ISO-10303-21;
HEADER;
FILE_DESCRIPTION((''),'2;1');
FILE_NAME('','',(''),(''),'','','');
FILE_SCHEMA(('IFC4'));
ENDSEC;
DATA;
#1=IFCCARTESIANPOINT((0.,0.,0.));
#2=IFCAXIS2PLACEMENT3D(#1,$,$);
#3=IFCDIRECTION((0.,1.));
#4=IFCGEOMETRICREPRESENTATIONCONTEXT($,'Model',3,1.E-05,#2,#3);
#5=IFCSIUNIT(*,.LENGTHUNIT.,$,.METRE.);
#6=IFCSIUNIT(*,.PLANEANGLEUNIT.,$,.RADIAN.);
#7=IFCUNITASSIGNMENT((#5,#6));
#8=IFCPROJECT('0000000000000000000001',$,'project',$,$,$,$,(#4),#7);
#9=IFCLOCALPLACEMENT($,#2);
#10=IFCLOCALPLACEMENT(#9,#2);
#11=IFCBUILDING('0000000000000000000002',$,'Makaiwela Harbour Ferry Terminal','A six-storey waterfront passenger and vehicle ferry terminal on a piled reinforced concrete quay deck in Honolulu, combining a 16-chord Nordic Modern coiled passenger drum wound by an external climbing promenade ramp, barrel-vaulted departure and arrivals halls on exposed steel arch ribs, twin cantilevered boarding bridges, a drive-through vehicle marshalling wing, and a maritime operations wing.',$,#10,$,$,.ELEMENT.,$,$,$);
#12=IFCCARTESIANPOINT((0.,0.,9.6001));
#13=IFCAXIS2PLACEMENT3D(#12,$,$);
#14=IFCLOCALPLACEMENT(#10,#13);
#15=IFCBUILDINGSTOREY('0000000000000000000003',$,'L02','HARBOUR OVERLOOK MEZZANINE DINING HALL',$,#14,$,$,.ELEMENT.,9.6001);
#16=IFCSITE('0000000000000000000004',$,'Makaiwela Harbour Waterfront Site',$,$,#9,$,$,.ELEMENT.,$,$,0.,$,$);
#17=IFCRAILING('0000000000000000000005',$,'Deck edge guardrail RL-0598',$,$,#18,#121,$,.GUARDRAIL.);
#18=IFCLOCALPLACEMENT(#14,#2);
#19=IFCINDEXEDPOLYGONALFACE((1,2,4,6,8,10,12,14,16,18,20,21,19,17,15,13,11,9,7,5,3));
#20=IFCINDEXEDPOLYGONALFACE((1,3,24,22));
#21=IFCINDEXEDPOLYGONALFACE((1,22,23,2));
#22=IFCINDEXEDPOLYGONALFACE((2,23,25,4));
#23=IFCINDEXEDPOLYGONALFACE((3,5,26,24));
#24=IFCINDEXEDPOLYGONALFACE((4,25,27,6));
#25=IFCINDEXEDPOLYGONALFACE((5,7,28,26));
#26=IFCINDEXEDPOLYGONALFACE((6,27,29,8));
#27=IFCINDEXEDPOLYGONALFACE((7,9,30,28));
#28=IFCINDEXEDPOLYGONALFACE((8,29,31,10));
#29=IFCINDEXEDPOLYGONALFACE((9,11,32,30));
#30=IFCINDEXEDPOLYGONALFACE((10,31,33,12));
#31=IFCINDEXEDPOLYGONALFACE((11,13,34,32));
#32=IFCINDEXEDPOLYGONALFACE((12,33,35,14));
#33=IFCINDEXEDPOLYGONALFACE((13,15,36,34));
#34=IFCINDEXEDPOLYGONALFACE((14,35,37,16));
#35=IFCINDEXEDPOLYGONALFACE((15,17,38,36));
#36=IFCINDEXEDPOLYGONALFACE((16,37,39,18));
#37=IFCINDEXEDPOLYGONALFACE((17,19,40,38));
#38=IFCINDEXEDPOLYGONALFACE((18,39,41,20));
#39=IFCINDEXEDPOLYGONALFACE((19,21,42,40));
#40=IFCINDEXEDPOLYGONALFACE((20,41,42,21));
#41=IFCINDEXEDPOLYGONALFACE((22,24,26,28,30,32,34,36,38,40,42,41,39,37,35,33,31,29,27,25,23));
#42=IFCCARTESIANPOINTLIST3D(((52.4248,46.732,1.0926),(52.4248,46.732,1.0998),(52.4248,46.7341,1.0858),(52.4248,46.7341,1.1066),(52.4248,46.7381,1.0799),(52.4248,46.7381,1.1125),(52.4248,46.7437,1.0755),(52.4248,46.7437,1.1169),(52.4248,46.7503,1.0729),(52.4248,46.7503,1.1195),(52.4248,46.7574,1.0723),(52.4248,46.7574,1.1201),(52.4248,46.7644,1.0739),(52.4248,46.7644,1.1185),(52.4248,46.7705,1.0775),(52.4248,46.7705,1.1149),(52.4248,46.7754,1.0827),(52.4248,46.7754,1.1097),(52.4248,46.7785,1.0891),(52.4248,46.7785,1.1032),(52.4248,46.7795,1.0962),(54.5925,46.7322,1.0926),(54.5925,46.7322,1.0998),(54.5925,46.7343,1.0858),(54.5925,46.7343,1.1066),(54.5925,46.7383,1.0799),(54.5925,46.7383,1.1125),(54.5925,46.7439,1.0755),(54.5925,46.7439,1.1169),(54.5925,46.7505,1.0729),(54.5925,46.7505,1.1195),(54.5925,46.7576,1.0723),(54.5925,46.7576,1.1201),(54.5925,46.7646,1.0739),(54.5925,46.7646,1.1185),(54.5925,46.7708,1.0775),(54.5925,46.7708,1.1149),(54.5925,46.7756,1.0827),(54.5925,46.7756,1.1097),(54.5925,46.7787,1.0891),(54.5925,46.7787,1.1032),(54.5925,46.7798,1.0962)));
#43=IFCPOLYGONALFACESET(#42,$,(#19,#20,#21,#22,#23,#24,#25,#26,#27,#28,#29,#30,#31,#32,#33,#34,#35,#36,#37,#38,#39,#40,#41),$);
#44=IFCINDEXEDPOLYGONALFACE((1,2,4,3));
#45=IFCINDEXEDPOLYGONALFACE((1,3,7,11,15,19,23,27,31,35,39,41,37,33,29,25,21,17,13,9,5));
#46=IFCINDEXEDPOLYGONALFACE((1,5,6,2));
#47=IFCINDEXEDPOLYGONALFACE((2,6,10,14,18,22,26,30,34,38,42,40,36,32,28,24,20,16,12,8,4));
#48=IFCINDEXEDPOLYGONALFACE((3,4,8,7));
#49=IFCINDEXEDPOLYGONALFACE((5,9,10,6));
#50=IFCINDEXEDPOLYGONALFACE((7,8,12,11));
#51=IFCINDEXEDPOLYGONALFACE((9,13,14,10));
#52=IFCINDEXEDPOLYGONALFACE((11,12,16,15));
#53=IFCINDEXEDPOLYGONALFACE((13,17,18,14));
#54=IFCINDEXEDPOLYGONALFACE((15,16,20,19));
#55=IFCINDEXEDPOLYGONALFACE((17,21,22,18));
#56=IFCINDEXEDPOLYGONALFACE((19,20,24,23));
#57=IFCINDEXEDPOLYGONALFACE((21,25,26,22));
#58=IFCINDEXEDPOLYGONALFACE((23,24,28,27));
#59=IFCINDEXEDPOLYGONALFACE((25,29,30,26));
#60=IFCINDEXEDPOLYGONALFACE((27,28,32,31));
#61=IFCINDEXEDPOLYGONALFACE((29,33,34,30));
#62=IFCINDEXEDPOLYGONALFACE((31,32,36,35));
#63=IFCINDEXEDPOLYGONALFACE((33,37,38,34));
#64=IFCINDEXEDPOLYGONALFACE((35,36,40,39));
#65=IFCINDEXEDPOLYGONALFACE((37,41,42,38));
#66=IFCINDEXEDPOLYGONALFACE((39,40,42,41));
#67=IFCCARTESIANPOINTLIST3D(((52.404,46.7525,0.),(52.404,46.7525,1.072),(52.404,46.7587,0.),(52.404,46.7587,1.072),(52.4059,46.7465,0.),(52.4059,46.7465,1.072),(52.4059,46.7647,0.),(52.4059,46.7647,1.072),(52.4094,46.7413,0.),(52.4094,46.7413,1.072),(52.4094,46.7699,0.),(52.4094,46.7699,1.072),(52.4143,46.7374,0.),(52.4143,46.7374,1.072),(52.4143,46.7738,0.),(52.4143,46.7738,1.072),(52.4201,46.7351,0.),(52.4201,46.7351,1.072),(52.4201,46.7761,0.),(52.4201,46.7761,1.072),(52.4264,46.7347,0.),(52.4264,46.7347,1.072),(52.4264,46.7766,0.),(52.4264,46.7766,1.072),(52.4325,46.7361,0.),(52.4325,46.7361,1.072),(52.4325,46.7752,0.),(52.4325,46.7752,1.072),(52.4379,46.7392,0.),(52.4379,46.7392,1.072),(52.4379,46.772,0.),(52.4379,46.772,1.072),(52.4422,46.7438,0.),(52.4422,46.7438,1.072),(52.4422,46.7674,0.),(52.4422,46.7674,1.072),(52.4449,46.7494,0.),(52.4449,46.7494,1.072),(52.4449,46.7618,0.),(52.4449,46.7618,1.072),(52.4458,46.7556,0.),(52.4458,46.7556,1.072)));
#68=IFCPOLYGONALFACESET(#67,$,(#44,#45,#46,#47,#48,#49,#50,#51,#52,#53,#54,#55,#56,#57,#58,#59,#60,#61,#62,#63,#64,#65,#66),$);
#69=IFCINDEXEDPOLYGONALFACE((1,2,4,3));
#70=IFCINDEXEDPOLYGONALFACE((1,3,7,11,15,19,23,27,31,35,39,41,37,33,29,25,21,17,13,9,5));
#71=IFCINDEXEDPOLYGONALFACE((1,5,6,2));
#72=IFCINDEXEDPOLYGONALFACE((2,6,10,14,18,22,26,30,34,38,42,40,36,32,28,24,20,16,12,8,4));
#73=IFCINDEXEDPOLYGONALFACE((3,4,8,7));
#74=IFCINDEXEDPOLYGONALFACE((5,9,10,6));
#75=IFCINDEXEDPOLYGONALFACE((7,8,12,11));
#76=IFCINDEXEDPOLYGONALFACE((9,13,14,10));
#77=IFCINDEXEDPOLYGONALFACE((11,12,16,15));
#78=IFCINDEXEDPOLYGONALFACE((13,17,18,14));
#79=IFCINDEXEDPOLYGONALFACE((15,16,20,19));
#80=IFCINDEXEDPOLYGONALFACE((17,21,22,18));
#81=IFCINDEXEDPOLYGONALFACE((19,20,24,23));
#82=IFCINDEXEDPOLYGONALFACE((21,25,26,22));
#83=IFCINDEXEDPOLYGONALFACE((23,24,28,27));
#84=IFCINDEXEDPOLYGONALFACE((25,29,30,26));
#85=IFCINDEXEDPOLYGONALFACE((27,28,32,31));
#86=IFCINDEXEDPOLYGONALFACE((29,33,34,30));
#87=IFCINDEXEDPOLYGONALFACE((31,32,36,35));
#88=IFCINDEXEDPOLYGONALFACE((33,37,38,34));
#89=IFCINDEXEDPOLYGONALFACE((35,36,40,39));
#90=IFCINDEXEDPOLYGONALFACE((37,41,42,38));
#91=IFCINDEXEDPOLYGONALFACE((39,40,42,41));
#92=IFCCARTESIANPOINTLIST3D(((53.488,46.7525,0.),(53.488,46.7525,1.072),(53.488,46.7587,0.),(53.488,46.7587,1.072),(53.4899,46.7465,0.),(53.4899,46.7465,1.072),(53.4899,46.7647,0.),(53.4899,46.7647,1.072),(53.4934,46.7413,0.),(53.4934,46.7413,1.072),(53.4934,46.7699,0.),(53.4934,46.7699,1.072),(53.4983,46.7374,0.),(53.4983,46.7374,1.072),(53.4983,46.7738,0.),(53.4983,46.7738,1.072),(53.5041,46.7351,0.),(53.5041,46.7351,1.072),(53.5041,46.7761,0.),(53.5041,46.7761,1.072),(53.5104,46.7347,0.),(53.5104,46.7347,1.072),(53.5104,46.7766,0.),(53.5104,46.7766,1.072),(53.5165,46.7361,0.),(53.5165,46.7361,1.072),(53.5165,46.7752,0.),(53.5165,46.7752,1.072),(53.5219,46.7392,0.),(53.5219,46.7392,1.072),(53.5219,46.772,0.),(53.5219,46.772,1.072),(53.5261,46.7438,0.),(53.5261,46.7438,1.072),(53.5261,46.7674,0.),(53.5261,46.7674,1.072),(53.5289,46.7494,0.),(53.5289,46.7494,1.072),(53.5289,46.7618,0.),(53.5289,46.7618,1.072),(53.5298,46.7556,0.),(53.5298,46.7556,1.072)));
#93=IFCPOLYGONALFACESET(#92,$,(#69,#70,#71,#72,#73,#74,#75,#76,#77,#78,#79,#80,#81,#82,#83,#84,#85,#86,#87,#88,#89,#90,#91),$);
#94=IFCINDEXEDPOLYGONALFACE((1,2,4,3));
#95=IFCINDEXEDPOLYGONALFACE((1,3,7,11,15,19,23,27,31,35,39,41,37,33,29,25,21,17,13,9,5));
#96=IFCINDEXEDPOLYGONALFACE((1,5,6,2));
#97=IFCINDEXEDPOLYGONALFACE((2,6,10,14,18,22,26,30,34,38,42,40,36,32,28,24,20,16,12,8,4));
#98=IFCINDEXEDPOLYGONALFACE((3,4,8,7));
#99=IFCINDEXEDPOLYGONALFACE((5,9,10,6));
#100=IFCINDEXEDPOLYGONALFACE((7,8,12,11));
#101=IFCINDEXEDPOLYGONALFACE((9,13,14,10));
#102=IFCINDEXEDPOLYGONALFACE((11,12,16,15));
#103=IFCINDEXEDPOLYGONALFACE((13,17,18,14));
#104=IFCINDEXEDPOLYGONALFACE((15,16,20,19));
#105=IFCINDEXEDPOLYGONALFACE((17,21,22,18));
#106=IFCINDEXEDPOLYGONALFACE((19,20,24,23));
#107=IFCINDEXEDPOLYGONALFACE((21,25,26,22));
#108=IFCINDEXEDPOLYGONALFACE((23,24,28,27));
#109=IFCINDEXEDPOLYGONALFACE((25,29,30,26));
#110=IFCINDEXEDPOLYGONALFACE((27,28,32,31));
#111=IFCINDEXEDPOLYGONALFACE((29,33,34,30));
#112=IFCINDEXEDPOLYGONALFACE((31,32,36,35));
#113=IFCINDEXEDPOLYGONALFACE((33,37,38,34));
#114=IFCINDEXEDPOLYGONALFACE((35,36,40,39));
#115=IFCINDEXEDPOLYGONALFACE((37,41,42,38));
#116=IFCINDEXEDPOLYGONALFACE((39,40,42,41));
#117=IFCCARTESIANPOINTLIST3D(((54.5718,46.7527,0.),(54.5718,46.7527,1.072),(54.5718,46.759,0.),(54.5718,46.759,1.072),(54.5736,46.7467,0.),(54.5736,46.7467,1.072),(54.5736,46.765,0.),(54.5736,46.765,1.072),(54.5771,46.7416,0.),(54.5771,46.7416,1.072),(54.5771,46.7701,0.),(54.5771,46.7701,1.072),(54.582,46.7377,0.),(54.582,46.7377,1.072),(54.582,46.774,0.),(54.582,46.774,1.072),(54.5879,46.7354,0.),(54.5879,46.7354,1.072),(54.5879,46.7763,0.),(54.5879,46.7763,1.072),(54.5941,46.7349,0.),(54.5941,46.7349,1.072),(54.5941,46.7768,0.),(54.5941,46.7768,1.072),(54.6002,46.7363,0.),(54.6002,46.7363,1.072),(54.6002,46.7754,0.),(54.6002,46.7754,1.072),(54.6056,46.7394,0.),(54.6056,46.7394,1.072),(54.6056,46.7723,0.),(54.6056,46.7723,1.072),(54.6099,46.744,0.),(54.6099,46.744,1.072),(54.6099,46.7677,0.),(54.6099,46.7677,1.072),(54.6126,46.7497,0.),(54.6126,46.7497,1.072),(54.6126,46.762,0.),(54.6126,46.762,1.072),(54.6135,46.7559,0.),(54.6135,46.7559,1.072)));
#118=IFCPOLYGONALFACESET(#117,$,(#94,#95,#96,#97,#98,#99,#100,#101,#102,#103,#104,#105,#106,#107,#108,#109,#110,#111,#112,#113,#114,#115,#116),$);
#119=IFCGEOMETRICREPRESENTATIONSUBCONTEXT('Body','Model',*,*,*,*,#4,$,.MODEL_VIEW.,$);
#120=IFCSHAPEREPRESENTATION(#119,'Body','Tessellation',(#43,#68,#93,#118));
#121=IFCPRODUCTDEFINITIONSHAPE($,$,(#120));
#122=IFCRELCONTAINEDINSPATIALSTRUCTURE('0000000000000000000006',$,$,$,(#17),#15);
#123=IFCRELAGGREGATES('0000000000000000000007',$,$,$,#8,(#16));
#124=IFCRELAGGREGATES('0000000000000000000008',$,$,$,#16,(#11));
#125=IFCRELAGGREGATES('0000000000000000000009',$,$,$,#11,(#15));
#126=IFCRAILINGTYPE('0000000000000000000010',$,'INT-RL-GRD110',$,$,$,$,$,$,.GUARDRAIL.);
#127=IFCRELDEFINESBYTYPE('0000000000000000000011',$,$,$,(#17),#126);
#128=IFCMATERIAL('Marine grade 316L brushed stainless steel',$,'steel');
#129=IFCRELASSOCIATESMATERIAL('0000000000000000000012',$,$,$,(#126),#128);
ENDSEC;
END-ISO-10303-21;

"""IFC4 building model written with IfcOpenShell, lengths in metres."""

from ifc_helpers import new_model, si_unit, direction, frame, origin, origin_2d, place, context, subcontext, project, spatial, circle, extrude, material, type_object, element, save


model = new_model("IFC4")

# Units and contexts
model_context = context("Model", 3, precision=1e-05, world=origin(), true_north=direction((0.0, 1.0)))
body_context = subcontext(model_context, "Body", "Model", "MODEL_VIEW")
ifc_project = project(units=[si_unit("LENGTHUNIT", "METRE"), si_unit("PLANEANGLEUNIT", "RADIAN")], contexts=[model_context])

# Site, building, storey
site_placement = place(None, origin())
site = spatial("IfcSite", under=ifc_project, at=site_placement, Name="Makaiwela Harbour Waterfront Site", CompositionType="ELEMENT", RefElevation=0.0)
building_placement = place(site_placement, origin())
building = spatial("IfcBuilding", under=site, at=building_placement, Name="Makaiwela Harbour Ferry Terminal", Description="A six-storey waterfront passenger and vehicle ferry terminal on a piled reinforced concrete quay deck in Honolulu, combining a 16-chord Nordic Modern coiled passenger drum wound by an external climbing promenade ramp, barrel-vaulted departure and arrivals halls on exposed steel arch ribs, twin cantilevered boarding bridges, a drive-through vehicle marshalling wing, and a maritime operations wing.", CompositionType="ELEMENT")
storey_placement = place(building_placement, frame((0.0, 0.0, 9.6001)))
storey = spatial("IfcBuildingStorey", under=building, at=storey_placement, Name="L02", Description="HARBOUR OVERLOOK MEZZANINE DINING HALL", CompositionType="ELEMENT", Elevation=9.6001)

# Railing
ifc_material_1 = material(Name="Marine grade 316L brushed stainless steel", Category="steel")
railing_type = type_object("IfcRailingType", Name="INT-RL-GRD110", PredefinedType="GUARDRAIL", material=ifc_material_1)
railing_1_placement = place(storey_placement, frame((52.4248, 46.7556, 0.0)))
element("IfcRailing", 1, at=railing_1_placement, inside=storey, type_object=railing_type, Name="Deck edge guardrail RL-0598", PredefinedType="GUARDRAIL", context=body_context, shape_type="SweptSolid", body=[
    extrude(circle(Radius=0.0239, at=origin_2d()), frame((0.0, 0.0, 1.0962), z_axis=(1.0, 0.000113, 0.0), x_axis=(-0.000113, 1.0, 0.0)), (0.0, 0.0, 1.0), 2.1677),
    extrude(circle(Radius=0.021, at=origin_2d()), origin(), (0.0, 0.0, 1.0), 1.072),
    extrude(circle(Radius=0.021, at=origin_2d()), frame((1.084, 0.0, 0.0)), (0.0, 0.0, 1.0), 1.072),
    extrude(circle(Radius=0.021, at=origin_2d()), frame((2.1677, 0.0002, 0.0)), (0.0, 0.0, 1.0), 1.072),
])

save(model, "model.ifc")
